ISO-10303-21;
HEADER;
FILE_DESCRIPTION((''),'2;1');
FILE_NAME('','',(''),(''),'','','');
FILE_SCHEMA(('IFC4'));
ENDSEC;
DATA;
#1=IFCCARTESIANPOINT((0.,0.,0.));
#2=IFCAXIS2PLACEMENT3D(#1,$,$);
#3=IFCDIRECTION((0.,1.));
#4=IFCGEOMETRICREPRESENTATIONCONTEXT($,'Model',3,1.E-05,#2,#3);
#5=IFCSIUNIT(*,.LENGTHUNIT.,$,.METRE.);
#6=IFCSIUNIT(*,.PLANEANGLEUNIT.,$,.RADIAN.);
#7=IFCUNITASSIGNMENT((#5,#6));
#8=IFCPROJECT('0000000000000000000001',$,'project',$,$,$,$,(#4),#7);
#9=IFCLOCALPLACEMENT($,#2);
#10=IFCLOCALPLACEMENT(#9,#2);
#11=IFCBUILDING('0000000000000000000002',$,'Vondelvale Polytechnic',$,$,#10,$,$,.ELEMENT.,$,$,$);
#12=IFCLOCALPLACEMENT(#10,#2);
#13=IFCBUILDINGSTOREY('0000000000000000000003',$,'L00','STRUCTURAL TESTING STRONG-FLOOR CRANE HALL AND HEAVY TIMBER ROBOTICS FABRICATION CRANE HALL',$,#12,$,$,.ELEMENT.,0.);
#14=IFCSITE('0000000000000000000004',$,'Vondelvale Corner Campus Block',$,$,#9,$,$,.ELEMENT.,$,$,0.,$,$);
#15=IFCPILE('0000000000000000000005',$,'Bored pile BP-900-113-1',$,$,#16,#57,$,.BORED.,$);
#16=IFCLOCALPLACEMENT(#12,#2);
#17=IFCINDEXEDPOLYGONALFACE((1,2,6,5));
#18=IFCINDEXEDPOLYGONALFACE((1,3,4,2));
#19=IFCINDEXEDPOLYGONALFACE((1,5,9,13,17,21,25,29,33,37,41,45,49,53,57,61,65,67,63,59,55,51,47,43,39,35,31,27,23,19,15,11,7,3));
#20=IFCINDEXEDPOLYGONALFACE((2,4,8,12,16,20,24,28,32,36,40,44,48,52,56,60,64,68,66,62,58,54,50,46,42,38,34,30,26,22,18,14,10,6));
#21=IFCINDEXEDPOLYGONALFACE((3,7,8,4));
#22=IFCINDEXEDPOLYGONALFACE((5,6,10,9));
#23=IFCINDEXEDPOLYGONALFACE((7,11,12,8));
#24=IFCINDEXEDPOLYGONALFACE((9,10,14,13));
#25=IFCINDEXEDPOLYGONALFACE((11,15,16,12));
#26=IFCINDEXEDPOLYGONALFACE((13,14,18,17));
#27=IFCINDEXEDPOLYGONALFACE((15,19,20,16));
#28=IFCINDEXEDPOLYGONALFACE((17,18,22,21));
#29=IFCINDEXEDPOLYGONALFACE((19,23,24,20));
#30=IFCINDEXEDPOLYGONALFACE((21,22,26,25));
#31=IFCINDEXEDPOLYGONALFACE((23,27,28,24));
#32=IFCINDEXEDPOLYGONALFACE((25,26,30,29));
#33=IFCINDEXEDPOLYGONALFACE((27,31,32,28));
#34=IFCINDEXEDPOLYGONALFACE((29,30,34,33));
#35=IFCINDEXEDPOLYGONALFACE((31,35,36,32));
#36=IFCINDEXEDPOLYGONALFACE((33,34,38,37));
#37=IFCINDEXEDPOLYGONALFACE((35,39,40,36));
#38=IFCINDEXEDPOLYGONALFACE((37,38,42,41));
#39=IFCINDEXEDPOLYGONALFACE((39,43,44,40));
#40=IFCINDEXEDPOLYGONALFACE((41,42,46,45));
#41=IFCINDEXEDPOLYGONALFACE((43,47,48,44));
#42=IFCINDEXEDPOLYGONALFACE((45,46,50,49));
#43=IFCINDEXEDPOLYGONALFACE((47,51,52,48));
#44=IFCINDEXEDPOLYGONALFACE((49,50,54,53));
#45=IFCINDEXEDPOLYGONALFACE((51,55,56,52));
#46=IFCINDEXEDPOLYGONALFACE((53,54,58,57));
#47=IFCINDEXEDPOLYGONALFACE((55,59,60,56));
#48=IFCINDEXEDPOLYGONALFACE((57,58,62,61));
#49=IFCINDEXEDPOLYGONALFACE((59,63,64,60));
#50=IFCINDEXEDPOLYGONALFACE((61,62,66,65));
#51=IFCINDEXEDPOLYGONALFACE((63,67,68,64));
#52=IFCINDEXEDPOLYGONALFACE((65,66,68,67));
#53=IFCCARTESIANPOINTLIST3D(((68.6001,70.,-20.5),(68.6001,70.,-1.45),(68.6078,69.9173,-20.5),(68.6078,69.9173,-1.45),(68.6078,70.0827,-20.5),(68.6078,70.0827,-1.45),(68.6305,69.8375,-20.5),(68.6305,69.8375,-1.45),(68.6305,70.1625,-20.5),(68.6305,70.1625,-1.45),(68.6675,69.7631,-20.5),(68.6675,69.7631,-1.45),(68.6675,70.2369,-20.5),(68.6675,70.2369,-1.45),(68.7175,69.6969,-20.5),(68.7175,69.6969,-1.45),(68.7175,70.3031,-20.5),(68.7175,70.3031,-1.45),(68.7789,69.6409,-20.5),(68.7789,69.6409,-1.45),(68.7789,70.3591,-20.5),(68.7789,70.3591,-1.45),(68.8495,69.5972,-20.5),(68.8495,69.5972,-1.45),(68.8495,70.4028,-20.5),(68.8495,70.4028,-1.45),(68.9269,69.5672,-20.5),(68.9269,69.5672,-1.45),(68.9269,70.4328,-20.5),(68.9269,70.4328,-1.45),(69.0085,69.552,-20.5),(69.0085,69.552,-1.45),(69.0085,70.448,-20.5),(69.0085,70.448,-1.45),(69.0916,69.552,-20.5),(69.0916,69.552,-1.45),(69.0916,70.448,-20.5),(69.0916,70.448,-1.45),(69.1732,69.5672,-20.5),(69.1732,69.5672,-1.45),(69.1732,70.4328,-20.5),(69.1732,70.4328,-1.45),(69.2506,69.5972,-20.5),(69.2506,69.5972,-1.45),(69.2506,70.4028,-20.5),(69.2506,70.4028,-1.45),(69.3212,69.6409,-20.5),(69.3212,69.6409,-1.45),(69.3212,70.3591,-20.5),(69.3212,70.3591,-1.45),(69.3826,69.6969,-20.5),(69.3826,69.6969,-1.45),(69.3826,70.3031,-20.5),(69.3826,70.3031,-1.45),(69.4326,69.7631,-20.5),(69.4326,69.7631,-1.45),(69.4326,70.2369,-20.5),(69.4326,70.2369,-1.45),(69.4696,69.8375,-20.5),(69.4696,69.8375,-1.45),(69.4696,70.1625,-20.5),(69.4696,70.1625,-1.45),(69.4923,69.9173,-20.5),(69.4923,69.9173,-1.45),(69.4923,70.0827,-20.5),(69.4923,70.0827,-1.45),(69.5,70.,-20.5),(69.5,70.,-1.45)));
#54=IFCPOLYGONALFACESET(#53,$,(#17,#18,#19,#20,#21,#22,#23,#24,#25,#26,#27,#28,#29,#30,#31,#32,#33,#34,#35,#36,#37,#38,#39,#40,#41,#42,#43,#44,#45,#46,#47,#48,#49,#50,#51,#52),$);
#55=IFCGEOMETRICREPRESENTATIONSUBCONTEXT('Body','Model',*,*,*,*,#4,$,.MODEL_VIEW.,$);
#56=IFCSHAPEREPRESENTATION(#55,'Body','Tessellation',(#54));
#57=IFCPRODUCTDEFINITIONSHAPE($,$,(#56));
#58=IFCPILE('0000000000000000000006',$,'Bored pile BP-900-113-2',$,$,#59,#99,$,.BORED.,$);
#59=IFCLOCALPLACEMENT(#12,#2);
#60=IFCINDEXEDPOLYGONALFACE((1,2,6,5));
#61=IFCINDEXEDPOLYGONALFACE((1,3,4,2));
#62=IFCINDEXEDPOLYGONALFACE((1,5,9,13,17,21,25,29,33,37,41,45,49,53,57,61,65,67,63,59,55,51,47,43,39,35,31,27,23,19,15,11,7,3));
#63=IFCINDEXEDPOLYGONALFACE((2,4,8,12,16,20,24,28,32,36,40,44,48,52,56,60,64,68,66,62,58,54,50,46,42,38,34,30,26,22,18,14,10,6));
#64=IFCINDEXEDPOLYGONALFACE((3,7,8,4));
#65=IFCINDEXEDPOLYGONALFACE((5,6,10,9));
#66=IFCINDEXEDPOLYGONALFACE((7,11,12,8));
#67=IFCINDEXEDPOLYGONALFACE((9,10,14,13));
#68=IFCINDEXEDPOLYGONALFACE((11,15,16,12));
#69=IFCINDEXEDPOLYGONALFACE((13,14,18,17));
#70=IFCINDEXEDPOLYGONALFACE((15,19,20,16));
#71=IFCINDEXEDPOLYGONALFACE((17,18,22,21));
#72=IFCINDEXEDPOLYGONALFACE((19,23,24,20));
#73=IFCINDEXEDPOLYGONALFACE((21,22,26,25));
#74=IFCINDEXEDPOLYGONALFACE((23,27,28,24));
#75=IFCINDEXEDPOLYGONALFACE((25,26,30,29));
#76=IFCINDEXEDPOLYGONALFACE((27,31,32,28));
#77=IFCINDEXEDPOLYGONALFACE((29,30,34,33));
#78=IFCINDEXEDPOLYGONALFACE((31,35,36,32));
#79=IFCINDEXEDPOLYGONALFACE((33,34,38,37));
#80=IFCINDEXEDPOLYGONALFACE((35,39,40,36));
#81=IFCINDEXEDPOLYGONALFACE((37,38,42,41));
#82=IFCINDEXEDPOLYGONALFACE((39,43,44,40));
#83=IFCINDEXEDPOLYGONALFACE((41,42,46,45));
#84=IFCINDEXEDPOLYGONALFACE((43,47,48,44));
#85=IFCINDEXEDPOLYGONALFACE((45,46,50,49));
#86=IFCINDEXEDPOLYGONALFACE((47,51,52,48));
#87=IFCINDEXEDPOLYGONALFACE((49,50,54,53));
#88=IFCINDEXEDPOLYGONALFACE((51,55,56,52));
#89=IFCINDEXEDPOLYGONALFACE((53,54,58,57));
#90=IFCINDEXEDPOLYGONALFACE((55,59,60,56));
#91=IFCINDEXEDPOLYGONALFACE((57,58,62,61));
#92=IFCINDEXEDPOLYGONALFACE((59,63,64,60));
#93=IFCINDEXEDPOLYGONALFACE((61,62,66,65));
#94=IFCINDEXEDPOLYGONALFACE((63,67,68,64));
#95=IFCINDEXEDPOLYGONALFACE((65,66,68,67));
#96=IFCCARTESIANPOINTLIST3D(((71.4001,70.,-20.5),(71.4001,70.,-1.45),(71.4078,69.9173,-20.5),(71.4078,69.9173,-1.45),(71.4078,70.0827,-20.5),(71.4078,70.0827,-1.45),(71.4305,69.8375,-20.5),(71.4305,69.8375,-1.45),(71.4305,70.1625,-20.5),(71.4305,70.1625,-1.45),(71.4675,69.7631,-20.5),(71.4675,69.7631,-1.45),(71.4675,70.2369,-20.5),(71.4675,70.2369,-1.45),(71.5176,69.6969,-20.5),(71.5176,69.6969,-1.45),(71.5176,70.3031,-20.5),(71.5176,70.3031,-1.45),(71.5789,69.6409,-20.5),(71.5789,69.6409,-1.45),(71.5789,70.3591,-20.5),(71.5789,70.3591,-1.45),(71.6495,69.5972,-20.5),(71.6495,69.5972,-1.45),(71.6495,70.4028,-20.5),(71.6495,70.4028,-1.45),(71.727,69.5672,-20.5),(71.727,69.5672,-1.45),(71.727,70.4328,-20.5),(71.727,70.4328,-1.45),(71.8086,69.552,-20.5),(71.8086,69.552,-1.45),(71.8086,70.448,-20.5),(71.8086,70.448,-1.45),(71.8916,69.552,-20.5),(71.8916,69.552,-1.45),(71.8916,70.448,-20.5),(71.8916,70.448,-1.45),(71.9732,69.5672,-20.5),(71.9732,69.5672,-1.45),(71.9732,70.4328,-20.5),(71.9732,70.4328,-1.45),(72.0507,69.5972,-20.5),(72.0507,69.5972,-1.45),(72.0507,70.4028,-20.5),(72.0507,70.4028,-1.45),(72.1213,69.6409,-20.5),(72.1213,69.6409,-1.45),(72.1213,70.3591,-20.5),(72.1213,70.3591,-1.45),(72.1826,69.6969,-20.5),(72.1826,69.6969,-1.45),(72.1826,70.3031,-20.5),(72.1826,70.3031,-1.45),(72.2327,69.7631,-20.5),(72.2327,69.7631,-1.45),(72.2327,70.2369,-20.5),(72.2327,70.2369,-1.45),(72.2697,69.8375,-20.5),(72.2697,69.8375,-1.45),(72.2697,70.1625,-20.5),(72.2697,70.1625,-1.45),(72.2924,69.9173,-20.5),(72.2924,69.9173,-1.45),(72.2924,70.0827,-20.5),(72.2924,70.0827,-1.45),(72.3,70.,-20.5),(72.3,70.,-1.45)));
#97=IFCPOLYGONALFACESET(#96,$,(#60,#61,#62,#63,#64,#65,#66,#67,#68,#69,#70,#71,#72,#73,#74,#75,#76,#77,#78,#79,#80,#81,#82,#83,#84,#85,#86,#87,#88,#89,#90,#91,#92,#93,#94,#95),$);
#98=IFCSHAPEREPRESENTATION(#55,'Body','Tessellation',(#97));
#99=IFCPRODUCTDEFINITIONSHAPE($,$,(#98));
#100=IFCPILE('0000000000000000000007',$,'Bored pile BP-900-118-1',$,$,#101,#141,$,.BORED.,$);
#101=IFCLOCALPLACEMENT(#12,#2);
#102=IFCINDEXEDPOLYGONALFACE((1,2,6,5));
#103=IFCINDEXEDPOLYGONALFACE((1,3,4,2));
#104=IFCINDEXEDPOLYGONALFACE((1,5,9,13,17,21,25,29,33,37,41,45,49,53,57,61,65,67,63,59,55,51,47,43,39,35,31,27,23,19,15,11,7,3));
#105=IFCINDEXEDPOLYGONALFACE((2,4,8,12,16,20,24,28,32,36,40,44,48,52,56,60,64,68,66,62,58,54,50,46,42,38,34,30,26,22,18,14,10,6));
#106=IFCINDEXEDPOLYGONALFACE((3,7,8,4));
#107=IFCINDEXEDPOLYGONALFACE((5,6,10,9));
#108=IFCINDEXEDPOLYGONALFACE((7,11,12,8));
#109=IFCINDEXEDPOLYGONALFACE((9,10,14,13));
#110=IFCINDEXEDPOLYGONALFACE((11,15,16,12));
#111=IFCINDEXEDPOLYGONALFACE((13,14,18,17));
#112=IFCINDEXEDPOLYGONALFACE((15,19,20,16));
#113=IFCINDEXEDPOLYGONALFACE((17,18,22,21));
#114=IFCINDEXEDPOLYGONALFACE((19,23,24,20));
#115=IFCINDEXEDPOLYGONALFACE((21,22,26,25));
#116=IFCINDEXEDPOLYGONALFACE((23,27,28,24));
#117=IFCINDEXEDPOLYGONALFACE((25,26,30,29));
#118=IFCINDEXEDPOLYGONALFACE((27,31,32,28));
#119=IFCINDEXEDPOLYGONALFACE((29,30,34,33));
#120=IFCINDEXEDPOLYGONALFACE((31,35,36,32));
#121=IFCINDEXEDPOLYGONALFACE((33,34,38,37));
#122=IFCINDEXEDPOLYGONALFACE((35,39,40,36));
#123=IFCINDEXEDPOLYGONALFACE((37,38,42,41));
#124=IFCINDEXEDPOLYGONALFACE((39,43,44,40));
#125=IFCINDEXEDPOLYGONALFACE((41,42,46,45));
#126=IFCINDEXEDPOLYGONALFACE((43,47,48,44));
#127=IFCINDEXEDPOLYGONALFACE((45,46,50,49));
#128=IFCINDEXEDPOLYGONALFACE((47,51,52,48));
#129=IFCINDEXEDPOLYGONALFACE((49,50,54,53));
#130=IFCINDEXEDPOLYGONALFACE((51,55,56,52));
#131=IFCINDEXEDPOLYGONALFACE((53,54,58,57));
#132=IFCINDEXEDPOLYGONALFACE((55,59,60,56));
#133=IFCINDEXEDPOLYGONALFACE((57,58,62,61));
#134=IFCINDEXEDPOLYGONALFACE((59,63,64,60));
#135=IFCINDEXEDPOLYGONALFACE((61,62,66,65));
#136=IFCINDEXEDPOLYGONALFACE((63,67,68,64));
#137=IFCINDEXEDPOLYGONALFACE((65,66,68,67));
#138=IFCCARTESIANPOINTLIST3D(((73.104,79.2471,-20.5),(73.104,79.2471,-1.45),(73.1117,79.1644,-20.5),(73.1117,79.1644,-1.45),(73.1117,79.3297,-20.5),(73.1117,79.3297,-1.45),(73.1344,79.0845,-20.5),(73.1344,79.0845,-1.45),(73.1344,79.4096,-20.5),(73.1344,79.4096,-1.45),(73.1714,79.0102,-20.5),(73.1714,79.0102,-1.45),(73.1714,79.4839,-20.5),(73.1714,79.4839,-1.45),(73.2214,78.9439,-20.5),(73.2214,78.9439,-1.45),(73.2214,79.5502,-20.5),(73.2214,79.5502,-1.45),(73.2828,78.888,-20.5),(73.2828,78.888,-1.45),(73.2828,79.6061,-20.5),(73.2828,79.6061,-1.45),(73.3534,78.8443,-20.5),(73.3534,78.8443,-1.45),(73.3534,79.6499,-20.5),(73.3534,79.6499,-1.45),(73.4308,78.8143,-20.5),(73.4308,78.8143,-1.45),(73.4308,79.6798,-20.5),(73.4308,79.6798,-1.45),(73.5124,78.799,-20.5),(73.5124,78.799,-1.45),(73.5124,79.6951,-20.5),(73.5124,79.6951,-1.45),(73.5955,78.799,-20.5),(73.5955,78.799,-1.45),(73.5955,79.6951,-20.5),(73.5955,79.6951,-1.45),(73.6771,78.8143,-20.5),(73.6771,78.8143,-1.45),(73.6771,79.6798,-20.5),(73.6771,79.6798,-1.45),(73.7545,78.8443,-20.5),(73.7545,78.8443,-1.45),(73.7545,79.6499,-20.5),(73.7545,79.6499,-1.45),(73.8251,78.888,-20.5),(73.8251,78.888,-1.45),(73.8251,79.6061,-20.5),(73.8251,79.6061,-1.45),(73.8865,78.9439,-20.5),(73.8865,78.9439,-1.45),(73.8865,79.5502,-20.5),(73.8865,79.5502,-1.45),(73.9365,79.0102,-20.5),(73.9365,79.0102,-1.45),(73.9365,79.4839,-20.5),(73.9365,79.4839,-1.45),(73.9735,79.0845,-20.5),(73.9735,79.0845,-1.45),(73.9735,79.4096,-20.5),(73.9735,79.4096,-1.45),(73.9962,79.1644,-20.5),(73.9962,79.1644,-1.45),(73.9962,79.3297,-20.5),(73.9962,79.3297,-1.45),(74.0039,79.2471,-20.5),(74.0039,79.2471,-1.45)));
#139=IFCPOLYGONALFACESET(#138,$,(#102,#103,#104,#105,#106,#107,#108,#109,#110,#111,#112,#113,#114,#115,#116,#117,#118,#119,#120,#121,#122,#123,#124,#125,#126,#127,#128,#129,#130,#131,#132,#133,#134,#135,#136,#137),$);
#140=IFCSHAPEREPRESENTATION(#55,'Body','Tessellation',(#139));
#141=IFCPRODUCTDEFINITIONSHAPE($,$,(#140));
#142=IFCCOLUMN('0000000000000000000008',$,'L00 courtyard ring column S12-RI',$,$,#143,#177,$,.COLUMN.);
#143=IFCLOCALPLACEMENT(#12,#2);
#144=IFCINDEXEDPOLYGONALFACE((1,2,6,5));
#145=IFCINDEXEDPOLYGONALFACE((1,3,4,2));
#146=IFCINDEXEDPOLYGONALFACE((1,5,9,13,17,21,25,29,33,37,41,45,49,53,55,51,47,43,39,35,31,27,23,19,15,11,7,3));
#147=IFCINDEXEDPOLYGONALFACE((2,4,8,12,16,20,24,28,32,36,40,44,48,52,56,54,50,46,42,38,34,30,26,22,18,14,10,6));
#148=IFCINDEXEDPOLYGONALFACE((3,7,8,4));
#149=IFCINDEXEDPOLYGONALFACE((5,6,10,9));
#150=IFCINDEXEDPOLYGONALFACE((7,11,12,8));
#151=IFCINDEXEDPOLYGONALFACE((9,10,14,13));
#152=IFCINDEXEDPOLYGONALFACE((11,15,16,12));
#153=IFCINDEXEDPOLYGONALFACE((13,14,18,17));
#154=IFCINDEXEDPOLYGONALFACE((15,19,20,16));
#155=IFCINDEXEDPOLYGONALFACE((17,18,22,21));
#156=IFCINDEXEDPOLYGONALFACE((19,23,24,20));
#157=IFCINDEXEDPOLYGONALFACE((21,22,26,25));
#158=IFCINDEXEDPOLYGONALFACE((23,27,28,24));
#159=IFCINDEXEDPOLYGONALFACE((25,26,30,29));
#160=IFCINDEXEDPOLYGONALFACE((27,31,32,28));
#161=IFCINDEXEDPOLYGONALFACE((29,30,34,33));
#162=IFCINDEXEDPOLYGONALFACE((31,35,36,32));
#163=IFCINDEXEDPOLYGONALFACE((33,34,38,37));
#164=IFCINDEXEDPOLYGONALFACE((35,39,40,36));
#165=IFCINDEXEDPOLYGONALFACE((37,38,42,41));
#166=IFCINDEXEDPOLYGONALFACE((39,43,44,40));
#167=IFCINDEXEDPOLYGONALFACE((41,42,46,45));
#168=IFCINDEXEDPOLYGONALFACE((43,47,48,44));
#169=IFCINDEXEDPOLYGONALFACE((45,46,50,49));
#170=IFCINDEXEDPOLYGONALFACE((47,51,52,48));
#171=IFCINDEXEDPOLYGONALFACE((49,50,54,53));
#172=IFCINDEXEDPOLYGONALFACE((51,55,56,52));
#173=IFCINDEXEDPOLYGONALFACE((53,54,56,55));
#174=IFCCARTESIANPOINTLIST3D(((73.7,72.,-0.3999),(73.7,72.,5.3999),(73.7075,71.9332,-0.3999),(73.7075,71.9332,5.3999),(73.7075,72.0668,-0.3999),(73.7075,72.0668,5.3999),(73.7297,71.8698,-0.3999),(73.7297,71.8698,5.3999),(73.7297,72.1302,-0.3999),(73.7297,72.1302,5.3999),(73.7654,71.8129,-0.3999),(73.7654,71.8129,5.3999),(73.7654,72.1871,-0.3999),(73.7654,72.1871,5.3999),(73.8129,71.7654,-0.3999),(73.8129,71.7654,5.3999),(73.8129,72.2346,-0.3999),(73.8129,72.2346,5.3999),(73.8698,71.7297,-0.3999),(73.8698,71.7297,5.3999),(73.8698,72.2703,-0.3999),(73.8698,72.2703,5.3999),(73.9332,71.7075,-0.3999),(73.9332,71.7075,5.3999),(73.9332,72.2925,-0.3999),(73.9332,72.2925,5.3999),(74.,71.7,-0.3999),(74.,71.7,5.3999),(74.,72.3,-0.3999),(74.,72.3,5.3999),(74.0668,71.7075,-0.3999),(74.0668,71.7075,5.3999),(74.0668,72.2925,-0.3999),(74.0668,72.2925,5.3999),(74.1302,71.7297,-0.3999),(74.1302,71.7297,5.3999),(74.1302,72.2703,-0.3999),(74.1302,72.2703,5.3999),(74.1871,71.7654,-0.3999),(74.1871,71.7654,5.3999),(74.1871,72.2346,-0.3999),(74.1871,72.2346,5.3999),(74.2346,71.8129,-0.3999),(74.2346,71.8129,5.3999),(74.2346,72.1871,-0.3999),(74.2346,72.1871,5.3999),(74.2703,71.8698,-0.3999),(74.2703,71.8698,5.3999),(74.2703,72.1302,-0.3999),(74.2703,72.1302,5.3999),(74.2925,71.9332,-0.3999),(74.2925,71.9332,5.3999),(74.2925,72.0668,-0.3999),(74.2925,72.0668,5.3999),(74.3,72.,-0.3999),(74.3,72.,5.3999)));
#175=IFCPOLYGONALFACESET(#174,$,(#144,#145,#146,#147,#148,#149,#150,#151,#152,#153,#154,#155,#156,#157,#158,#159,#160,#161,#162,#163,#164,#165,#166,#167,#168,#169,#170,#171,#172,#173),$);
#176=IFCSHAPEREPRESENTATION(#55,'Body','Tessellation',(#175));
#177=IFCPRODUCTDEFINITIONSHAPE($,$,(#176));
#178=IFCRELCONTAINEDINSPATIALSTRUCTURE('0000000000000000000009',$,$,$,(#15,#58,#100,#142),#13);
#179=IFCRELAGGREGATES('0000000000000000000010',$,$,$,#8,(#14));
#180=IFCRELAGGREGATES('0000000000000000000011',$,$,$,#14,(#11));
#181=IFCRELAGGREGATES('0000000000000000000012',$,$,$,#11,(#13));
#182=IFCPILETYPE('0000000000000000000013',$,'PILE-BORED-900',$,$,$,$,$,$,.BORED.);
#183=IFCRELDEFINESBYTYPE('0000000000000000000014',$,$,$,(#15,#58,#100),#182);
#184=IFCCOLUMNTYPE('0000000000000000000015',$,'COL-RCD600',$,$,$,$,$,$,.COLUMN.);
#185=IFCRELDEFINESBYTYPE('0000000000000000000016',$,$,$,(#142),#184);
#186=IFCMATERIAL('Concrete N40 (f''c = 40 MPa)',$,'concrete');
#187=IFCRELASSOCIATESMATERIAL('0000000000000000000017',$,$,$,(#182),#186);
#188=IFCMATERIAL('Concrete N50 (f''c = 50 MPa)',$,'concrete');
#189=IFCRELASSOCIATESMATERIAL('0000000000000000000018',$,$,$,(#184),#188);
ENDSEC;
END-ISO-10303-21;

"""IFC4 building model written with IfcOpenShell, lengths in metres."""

from ifc_helpers import new_model, si_unit, direction, frame, origin, origin_2d, place, context, subcontext, project, spatial, circle, extrude, material, material_profile, profile_set, type_object, element, save


model = new_model("IFC4")

# Units and contexts
model_context = context("Model", 3, precision=1e-05, world=origin(), true_north=direction((0.0, 1.0)))
body_context = subcontext(model_context, "Body", "Model", "MODEL_VIEW")
ifc_project = project(units=[si_unit("LENGTHUNIT", "METRE"), si_unit("PLANEANGLEUNIT", "RADIAN")], contexts=[model_context])

# Site, building, storey
site_placement = place(None, origin())
site = spatial("IfcSite", under=ifc_project, at=site_placement, Name="Vondelvale Corner Campus Block", CompositionType="ELEMENT", RefElevation=0.0)
building_placement = place(site_placement, origin())
building = spatial("IfcBuilding", under=site, at=building_placement, Name="Vondelvale Polytechnic", CompositionType="ELEMENT")
storey_placement = place(building_placement, origin())
storey = spatial("IfcBuildingStorey", under=building, at=storey_placement, Name="L00", Description="STRUCTURAL TESTING STRONG-FLOOR CRANE HALL AND HEAVY TIMBER ROBOTICS FABRICATION CRANE HALL", CompositionType="ELEMENT", Elevation=0.0)

# Shared definitions
ifc_material_1 = material(Name="Concrete N40 (f'c = 40 MPa)", Category="concrete")

# Piles
ifc_material_profile_1 = material_profile(ifc_material_1, circle(Radius=0.45, at=origin_2d()), Name="PILE-D900")
ifc_profile_set_1 = profile_set([ifc_material_profile_1], Name="Concrete N40 (f'c = 40 MPa)")
pile_type = type_object("IfcPileType", Name="PILE-BORED-900", PredefinedType="BORED", material=ifc_profile_set_1)
for number, where, z_axis, x_axis, name in (
    (1, (69.05, 70.0, -1.45), (0.0, 0.0, -1.0), (1.0, 0.0, 0.0), "Bored pile BP-900-113-1"),
    (2, (71.8501, 70.0, -1.45), (0.0, 0.0, -1.0), (1.0, 0.0, 0.0), "Bored pile BP-900-113-2"),
    (3, (73.554, 79.2471, -1.45), (0.0, 0.0, -1.0), (1.0, 0.0, 0.0), "Bored pile BP-900-118-1"),
):
    element("IfcPile", number, at=place(storey_placement, frame(where, z_axis=z_axis, x_axis=x_axis)), inside=storey, type_object=pile_type, Name=name, PredefinedType="BORED", context=body_context, shape_type="SweptSolid", body=[
        extrude(circle(Radius=0.45, at=origin_2d()), origin(), (0.0, 0.0, 1.0), 19.05),
    ])

# Column
ifc_material_2 = material(Name="Concrete N50 (f'c = 50 MPa)", Category="concrete")
ifc_material_profile_2 = material_profile(ifc_material_2, circle(Radius=0.3, at=origin_2d()), Name="RC-COL-D600")
ifc_profile_set_2 = profile_set([ifc_material_profile_2], Name="Concrete N50 (f'c = 50 MPa)")
column_type_1 = type_object("IfcColumnType", Name="COL-RCD600", PredefinedType="COLUMN", material=ifc_profile_set_2)
column_1_placement = place(storey_placement, frame((74.0, 72.0, -0.3999), z_axis=(0.0, 0.0, 1.0), x_axis=(1.0, 0.0, 0.0)))
element("IfcColumn", 4, at=column_1_placement, inside=storey, type_object=column_type_1, Name="L00 courtyard ring column S12-RI", PredefinedType="COLUMN", context=body_context, shape_type="SweptSolid", body=[
    extrude(circle(Radius=0.3, at=origin_2d()), origin(), (0.0, 0.0, 1.0), 5.7998),
])

save(model, "model.ifc")
